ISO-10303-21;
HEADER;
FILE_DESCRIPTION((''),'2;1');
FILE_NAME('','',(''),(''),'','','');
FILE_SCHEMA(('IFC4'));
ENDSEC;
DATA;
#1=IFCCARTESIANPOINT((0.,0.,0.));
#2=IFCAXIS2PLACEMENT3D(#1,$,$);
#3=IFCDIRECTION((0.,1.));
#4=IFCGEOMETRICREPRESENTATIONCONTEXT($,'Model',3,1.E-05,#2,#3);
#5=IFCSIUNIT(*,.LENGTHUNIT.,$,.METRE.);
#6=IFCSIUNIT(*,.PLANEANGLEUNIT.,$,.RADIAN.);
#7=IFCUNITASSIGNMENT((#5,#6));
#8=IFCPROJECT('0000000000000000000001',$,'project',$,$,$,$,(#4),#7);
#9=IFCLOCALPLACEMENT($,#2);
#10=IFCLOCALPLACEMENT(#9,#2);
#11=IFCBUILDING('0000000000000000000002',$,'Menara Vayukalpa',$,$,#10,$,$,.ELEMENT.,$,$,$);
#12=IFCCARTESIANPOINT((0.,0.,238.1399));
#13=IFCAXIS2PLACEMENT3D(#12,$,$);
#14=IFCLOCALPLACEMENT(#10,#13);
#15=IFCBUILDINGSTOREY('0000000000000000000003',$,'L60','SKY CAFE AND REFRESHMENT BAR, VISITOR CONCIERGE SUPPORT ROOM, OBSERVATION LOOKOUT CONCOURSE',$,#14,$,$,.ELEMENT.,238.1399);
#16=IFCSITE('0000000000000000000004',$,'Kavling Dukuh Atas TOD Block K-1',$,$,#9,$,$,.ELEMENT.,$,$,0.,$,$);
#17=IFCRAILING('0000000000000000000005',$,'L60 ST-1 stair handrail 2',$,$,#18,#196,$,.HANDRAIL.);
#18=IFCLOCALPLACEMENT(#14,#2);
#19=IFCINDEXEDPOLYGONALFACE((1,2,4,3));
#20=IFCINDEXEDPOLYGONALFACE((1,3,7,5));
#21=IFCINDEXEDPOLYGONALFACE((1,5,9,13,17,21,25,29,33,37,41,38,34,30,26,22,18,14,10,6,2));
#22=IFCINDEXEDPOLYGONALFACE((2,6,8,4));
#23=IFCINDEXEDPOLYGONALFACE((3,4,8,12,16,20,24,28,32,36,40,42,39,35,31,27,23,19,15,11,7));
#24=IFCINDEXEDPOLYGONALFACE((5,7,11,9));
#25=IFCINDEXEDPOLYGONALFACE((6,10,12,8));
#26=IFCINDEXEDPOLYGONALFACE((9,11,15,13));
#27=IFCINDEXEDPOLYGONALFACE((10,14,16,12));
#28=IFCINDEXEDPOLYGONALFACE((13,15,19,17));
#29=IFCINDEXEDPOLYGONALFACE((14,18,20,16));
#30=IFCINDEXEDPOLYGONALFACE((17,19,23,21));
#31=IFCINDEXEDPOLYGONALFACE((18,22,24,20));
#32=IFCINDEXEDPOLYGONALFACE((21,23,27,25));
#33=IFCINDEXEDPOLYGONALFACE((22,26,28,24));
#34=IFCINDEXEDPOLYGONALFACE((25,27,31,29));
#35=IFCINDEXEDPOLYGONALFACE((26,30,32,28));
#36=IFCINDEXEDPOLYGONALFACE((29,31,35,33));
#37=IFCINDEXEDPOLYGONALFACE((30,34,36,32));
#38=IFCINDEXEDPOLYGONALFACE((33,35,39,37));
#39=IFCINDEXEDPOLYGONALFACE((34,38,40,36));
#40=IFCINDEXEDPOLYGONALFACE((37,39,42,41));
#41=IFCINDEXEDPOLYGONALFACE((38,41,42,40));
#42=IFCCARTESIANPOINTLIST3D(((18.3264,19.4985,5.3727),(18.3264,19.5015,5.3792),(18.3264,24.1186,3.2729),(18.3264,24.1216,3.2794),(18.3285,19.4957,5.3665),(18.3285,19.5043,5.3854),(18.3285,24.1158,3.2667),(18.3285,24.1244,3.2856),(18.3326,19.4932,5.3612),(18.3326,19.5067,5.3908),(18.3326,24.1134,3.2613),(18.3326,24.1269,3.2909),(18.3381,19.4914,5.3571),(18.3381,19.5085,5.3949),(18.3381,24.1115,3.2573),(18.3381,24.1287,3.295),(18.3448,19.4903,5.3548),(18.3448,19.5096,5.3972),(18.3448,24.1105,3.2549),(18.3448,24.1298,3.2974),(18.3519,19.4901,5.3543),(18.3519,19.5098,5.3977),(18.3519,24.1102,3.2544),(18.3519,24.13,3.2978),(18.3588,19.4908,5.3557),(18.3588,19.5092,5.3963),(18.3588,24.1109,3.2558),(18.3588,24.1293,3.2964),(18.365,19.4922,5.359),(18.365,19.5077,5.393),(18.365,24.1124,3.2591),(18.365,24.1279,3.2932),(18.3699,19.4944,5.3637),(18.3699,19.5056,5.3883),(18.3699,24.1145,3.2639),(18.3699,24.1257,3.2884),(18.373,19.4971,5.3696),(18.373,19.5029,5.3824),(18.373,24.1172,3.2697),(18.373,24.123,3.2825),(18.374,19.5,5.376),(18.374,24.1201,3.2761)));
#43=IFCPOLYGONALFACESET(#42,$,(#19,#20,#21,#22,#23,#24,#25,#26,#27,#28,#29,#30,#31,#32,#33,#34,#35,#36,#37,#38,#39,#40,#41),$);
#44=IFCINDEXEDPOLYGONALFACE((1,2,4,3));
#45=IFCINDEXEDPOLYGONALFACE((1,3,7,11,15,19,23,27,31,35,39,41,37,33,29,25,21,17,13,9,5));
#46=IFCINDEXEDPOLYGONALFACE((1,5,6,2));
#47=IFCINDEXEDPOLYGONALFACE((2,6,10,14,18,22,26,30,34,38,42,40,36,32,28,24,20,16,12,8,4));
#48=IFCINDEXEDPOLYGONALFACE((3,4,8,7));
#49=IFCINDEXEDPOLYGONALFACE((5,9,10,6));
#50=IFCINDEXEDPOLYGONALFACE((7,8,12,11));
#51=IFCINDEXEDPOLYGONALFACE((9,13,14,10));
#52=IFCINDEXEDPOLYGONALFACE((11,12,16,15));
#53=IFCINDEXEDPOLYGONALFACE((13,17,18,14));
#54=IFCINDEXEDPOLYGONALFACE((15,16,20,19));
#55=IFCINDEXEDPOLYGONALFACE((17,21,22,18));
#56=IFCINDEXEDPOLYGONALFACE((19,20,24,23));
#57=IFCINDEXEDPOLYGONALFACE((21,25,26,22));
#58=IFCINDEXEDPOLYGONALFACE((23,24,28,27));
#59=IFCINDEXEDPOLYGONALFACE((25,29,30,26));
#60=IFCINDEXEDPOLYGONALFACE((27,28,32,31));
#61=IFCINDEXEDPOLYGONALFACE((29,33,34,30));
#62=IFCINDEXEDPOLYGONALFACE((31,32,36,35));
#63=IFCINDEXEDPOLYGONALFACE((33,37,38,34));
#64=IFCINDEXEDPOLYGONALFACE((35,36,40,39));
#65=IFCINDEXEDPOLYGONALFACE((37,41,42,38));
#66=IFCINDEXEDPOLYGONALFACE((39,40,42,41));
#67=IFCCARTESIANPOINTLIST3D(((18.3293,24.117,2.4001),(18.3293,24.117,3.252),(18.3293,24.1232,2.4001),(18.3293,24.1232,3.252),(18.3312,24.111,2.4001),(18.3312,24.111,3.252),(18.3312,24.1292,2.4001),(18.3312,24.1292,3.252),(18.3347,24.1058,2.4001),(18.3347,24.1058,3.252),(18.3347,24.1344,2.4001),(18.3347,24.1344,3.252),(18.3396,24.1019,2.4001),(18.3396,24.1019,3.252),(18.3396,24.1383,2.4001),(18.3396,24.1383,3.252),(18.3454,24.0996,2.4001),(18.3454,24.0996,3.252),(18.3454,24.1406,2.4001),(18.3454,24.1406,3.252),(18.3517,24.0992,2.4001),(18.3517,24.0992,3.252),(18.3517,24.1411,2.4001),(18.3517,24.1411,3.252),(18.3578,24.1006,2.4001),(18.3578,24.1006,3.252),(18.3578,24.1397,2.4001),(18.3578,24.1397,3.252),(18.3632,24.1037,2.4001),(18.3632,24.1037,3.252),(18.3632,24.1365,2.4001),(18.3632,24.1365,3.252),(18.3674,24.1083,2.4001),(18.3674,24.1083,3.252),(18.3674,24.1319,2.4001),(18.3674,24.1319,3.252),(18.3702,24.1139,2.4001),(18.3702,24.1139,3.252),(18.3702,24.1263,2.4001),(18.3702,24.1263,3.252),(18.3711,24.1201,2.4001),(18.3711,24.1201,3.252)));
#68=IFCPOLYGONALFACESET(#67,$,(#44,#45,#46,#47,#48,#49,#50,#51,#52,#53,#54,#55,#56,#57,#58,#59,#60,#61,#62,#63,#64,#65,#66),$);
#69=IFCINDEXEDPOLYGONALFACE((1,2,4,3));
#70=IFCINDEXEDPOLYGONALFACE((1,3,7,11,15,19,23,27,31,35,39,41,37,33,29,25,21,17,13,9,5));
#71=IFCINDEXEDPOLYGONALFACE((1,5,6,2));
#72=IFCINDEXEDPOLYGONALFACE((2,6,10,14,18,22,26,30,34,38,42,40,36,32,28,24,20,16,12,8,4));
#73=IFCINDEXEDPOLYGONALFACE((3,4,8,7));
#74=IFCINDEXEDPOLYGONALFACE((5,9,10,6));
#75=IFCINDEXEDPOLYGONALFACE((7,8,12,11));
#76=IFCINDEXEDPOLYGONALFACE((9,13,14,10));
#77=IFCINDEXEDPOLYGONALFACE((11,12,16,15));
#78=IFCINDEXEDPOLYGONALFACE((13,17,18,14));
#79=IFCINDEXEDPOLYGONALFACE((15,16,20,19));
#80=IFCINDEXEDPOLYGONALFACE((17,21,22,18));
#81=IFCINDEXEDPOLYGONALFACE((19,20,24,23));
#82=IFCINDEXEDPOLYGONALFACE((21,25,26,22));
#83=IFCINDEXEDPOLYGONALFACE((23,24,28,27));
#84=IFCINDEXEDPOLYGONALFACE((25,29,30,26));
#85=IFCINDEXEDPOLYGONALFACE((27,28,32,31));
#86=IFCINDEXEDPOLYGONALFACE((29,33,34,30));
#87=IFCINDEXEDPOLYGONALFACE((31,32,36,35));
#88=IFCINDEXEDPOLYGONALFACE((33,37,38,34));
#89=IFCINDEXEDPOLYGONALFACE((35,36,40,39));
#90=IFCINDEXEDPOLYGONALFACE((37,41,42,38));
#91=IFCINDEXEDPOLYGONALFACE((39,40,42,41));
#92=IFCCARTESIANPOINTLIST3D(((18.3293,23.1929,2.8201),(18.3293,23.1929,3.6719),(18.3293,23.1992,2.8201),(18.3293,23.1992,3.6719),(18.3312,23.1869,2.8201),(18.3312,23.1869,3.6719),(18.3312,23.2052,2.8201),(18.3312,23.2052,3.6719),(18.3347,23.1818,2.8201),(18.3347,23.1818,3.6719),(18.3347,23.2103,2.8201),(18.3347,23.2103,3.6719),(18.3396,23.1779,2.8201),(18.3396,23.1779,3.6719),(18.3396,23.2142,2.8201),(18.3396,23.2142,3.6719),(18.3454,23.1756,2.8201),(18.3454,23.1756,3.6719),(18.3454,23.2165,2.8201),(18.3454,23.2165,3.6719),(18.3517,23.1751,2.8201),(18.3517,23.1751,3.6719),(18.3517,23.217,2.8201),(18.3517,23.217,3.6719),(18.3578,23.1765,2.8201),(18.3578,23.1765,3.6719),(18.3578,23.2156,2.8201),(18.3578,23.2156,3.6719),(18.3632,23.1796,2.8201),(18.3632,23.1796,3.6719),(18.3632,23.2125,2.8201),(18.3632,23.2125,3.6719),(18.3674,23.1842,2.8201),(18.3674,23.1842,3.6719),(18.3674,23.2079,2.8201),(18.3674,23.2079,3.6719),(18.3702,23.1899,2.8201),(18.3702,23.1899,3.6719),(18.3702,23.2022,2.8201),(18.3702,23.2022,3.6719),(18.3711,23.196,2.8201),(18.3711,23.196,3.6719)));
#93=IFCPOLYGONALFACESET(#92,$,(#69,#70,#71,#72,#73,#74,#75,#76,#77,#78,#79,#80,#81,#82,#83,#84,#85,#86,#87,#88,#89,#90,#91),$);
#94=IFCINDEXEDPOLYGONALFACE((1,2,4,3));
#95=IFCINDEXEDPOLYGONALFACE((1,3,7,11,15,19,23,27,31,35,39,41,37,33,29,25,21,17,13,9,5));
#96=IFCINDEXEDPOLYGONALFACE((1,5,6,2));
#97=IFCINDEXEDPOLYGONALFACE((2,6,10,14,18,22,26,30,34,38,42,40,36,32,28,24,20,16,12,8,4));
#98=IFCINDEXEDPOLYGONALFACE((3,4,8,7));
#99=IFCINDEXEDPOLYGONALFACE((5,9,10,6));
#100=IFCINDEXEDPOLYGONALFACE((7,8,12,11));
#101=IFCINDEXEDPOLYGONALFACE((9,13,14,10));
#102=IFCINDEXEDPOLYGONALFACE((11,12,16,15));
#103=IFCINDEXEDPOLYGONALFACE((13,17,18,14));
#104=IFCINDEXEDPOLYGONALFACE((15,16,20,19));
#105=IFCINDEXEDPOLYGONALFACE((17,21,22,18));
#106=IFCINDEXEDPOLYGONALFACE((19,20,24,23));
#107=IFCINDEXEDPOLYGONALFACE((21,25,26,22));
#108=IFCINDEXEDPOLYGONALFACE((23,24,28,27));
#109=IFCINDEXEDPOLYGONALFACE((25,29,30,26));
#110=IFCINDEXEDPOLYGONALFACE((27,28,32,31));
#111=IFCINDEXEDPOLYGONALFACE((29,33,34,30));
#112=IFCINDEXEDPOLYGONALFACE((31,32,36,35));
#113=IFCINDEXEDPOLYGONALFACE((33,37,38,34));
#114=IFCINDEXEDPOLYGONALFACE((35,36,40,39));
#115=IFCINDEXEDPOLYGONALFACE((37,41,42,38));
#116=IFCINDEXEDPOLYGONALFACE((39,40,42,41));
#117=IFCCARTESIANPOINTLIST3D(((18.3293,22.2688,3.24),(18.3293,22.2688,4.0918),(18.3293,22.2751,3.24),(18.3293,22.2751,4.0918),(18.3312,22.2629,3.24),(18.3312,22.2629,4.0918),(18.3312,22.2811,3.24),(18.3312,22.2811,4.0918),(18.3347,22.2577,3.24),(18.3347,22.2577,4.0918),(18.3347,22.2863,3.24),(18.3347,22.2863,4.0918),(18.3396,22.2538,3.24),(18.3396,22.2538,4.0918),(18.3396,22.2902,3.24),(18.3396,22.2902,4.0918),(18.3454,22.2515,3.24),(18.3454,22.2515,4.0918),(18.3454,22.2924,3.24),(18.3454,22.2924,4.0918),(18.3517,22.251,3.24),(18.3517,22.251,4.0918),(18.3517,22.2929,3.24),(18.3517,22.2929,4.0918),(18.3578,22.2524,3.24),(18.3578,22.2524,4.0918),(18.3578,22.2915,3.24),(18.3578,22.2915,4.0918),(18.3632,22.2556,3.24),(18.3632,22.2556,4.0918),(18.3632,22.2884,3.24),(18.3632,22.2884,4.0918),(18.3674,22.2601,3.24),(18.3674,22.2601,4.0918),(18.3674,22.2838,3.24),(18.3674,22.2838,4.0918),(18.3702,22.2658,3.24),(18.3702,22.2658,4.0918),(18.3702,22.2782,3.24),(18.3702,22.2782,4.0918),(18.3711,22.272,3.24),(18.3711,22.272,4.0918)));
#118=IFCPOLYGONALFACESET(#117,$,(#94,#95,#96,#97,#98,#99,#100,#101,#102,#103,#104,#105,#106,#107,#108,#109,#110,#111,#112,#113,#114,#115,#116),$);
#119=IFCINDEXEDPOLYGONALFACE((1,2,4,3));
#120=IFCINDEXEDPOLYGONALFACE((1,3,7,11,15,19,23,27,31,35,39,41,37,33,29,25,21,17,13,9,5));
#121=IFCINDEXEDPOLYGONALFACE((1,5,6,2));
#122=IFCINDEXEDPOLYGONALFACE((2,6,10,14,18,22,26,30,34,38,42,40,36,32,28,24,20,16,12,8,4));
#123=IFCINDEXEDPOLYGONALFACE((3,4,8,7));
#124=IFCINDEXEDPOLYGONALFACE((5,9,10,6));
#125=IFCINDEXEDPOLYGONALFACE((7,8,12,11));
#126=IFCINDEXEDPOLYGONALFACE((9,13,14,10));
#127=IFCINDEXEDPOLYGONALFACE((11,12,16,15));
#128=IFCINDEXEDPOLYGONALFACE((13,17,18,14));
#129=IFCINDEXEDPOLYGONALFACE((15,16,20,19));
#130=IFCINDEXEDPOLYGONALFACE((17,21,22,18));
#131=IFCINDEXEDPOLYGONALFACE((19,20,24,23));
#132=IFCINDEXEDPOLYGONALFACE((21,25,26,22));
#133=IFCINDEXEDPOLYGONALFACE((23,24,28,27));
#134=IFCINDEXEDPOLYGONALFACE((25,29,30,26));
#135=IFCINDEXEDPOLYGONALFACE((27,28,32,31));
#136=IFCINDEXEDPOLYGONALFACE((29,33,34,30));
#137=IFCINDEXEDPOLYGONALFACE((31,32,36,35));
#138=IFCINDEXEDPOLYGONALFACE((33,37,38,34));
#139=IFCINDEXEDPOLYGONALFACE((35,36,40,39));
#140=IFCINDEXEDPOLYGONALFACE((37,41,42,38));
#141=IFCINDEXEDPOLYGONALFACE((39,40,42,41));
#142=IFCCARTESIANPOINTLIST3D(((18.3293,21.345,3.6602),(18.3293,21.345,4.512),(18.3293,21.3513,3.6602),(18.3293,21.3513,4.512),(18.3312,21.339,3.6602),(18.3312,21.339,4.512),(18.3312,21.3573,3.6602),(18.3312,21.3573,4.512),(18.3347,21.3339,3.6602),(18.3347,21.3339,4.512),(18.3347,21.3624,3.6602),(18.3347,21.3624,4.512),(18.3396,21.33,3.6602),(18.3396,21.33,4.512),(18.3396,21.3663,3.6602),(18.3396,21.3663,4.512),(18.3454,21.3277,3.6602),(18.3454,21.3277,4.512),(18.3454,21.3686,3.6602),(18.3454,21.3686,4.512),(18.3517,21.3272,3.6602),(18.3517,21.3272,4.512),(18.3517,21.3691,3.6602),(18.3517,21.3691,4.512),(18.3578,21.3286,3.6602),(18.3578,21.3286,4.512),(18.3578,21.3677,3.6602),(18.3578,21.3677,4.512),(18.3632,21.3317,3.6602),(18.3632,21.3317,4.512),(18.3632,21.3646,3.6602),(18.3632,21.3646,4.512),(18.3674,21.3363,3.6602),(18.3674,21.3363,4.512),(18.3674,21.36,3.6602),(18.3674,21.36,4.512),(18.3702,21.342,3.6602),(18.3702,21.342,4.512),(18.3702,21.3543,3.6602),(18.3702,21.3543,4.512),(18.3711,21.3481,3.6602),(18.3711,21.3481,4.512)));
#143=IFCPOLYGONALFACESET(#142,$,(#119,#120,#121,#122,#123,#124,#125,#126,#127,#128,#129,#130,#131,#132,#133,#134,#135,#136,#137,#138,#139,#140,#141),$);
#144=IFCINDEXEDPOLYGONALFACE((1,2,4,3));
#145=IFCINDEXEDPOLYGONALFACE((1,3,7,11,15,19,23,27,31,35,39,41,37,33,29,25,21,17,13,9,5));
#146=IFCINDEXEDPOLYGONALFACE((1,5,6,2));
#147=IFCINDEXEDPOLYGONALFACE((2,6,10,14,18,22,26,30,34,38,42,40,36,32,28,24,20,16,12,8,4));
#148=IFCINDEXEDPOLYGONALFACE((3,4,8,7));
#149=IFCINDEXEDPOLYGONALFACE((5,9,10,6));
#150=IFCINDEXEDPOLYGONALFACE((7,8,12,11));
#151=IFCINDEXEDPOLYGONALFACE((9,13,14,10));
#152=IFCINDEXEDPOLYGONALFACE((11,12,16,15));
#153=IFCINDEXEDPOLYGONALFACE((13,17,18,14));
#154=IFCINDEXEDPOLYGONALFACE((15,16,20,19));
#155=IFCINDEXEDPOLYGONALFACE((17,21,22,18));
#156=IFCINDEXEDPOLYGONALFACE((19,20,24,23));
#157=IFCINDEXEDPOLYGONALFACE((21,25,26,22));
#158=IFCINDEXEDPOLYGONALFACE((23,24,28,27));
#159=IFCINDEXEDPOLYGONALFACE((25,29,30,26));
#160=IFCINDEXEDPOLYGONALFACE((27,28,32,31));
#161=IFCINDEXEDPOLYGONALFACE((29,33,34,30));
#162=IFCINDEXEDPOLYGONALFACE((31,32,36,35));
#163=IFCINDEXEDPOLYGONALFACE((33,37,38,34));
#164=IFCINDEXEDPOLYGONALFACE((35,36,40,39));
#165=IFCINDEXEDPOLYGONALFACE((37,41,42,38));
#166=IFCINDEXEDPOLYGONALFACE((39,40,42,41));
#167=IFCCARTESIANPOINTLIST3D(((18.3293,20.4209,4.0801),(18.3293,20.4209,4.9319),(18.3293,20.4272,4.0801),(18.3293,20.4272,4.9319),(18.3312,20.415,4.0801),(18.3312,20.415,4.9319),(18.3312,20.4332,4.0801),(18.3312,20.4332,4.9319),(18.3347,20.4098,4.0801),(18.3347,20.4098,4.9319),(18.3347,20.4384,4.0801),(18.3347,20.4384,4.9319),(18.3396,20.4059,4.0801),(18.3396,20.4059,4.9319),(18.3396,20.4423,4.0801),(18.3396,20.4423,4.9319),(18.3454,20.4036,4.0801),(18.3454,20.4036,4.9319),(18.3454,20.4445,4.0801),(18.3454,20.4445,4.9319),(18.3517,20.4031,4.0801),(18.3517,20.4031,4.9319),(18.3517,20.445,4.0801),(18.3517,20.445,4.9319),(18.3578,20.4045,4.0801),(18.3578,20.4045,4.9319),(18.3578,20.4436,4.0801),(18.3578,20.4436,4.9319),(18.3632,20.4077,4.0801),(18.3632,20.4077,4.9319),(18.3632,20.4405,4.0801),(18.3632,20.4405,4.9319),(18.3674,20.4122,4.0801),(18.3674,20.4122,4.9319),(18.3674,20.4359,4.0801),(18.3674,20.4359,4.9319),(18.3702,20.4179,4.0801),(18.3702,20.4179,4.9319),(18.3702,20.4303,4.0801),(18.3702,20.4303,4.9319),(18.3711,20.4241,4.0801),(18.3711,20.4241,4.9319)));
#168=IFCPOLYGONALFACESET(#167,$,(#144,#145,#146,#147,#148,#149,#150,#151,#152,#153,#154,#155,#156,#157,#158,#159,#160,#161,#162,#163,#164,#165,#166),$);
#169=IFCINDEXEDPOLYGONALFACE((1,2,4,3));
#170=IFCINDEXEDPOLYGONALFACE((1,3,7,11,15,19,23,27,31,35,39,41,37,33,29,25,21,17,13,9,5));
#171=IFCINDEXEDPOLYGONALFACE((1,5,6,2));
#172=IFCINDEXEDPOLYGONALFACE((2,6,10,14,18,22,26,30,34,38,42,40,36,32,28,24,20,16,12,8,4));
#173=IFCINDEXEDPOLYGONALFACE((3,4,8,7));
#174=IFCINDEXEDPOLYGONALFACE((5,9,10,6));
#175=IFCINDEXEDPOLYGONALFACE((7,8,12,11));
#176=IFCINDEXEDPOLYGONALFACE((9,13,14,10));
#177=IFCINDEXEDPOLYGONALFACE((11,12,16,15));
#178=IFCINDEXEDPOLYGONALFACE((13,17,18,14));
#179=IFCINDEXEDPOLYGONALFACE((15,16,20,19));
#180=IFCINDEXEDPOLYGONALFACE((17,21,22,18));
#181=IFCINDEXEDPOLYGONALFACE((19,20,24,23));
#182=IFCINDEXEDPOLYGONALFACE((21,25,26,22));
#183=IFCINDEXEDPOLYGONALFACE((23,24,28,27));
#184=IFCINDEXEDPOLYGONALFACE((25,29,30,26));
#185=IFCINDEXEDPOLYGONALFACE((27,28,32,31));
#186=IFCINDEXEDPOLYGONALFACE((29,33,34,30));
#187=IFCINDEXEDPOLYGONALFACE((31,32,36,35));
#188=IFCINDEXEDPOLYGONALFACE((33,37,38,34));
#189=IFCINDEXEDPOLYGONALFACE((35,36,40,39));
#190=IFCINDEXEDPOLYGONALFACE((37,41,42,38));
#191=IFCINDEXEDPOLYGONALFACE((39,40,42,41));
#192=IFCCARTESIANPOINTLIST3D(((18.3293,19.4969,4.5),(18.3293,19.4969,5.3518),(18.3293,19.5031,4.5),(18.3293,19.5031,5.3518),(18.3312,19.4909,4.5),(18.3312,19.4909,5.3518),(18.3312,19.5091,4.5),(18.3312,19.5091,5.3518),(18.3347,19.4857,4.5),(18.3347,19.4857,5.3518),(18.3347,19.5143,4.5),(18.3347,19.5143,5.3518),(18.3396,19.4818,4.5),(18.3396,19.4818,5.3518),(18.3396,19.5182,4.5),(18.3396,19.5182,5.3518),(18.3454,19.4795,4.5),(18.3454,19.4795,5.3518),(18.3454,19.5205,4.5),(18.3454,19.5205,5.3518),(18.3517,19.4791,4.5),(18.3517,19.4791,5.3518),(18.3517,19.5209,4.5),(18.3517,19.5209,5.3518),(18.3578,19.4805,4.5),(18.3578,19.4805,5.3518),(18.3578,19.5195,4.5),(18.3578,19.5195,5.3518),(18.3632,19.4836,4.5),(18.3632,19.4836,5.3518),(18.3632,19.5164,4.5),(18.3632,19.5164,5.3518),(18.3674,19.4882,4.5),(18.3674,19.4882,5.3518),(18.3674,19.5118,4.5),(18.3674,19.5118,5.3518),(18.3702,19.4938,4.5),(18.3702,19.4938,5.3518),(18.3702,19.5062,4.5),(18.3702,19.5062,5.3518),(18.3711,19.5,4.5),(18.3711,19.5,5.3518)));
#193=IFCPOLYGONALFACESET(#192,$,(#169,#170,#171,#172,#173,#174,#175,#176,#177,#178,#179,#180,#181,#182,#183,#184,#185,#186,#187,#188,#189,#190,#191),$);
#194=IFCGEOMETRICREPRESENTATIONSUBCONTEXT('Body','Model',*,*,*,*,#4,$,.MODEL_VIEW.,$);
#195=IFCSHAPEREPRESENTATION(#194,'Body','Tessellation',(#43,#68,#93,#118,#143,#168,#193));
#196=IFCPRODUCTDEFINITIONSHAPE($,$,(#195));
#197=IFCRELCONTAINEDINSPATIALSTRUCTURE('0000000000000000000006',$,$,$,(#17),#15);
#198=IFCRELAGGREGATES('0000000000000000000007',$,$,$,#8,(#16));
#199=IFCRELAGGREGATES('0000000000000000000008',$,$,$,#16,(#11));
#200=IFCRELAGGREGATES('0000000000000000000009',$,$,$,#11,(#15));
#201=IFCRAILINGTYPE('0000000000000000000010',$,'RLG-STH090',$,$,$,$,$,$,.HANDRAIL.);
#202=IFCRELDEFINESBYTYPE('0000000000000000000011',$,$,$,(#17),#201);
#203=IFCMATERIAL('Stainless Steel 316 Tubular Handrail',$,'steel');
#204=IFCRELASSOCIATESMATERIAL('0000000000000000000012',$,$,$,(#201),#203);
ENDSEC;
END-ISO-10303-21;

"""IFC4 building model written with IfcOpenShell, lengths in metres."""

from ifc_helpers import new_model, si_unit, direction, frame, origin, origin_2d, place, context, subcontext, project, spatial, circle, extrude, material, type_object, element, save


model = new_model("IFC4")

# Units and contexts
model_context = context("Model", 3, precision=1e-05, world=origin(), true_north=direction((0.0, 1.0)))
body_context = subcontext(model_context, "Body", "Model", "MODEL_VIEW")
ifc_project = project(units=[si_unit("LENGTHUNIT", "METRE"), si_unit("PLANEANGLEUNIT", "RADIAN")], contexts=[model_context])

# Site, building, storey
site_placement = place(None, origin())
site = spatial("IfcSite", under=ifc_project, at=site_placement, Name="Kavling Dukuh Atas TOD Block K-1", CompositionType="ELEMENT", RefElevation=0.0)
building_placement = place(site_placement, origin())
building = spatial("IfcBuilding", under=site, at=building_placement, Name="Menara Vayukalpa", CompositionType="ELEMENT")
storey_placement = place(building_placement, frame((0.0, 0.0, 238.1399)))
storey = spatial("IfcBuildingStorey", under=building, at=storey_placement, Name="L60", Description="SKY CAFE AND REFRESHMENT BAR, VISITOR CONCIERGE SUPPORT ROOM, OBSERVATION LOOKOUT CONCOURSE", CompositionType="ELEMENT", Elevation=238.1399)

# Railing
ifc_material_1 = material(Name="Stainless Steel 316 Tubular Handrail", Category="steel")
railing_type_1 = type_object("IfcRailingType", Name="RLG-STH090", PredefinedType="HANDRAIL", material=ifc_material_1)
railing_1_placement = place(storey_placement, frame((18.3501, 24.1201, 2.4001)))
element("IfcRailing", 1, at=railing_1_placement, inside=storey, type_object=railing_type_1, Name="L60 ST-1 stair handrail 2", PredefinedType="HANDRAIL", context=body_context, shape_type="SweptSolid", body=[
    extrude(circle(Radius=0.0239, at=origin_2d()), frame((0.0, 0.0, 0.876), z_axis=(0.0, -0.910381, 0.41377), x_axis=(1.0, 0.0, 0.0)), (0.0, 0.0, 1.0), 5.075),
    extrude(circle(Radius=0.021, at=origin_2d()), origin(), (0.0, 0.0, 1.0), 0.8518),
    extrude(circle(Radius=0.021, at=origin_2d()), frame((0.0, -0.9241, 0.4199)), (0.0, 0.0, 1.0), 0.8518),
    extrude(circle(Radius=0.021, at=origin_2d()), frame((0.0, -1.8481, 0.8398)), (0.0, 0.0, 1.0), 0.8518),
    extrude(circle(Radius=0.021, at=origin_2d()), frame((0.0, -2.772, 1.26)), (0.0, 0.0, 1.0), 0.8518),
    extrude(circle(Radius=0.021, at=origin_2d()), frame((0.0, -3.696, 1.6799)), (0.0, 0.0, 1.0), 0.8518),
    extrude(circle(Radius=0.021, at=origin_2d()), frame((0.0, -4.6201, 2.0999)), (0.0, 0.0, 1.0), 0.8518),
])

save(model, "model.ifc")
